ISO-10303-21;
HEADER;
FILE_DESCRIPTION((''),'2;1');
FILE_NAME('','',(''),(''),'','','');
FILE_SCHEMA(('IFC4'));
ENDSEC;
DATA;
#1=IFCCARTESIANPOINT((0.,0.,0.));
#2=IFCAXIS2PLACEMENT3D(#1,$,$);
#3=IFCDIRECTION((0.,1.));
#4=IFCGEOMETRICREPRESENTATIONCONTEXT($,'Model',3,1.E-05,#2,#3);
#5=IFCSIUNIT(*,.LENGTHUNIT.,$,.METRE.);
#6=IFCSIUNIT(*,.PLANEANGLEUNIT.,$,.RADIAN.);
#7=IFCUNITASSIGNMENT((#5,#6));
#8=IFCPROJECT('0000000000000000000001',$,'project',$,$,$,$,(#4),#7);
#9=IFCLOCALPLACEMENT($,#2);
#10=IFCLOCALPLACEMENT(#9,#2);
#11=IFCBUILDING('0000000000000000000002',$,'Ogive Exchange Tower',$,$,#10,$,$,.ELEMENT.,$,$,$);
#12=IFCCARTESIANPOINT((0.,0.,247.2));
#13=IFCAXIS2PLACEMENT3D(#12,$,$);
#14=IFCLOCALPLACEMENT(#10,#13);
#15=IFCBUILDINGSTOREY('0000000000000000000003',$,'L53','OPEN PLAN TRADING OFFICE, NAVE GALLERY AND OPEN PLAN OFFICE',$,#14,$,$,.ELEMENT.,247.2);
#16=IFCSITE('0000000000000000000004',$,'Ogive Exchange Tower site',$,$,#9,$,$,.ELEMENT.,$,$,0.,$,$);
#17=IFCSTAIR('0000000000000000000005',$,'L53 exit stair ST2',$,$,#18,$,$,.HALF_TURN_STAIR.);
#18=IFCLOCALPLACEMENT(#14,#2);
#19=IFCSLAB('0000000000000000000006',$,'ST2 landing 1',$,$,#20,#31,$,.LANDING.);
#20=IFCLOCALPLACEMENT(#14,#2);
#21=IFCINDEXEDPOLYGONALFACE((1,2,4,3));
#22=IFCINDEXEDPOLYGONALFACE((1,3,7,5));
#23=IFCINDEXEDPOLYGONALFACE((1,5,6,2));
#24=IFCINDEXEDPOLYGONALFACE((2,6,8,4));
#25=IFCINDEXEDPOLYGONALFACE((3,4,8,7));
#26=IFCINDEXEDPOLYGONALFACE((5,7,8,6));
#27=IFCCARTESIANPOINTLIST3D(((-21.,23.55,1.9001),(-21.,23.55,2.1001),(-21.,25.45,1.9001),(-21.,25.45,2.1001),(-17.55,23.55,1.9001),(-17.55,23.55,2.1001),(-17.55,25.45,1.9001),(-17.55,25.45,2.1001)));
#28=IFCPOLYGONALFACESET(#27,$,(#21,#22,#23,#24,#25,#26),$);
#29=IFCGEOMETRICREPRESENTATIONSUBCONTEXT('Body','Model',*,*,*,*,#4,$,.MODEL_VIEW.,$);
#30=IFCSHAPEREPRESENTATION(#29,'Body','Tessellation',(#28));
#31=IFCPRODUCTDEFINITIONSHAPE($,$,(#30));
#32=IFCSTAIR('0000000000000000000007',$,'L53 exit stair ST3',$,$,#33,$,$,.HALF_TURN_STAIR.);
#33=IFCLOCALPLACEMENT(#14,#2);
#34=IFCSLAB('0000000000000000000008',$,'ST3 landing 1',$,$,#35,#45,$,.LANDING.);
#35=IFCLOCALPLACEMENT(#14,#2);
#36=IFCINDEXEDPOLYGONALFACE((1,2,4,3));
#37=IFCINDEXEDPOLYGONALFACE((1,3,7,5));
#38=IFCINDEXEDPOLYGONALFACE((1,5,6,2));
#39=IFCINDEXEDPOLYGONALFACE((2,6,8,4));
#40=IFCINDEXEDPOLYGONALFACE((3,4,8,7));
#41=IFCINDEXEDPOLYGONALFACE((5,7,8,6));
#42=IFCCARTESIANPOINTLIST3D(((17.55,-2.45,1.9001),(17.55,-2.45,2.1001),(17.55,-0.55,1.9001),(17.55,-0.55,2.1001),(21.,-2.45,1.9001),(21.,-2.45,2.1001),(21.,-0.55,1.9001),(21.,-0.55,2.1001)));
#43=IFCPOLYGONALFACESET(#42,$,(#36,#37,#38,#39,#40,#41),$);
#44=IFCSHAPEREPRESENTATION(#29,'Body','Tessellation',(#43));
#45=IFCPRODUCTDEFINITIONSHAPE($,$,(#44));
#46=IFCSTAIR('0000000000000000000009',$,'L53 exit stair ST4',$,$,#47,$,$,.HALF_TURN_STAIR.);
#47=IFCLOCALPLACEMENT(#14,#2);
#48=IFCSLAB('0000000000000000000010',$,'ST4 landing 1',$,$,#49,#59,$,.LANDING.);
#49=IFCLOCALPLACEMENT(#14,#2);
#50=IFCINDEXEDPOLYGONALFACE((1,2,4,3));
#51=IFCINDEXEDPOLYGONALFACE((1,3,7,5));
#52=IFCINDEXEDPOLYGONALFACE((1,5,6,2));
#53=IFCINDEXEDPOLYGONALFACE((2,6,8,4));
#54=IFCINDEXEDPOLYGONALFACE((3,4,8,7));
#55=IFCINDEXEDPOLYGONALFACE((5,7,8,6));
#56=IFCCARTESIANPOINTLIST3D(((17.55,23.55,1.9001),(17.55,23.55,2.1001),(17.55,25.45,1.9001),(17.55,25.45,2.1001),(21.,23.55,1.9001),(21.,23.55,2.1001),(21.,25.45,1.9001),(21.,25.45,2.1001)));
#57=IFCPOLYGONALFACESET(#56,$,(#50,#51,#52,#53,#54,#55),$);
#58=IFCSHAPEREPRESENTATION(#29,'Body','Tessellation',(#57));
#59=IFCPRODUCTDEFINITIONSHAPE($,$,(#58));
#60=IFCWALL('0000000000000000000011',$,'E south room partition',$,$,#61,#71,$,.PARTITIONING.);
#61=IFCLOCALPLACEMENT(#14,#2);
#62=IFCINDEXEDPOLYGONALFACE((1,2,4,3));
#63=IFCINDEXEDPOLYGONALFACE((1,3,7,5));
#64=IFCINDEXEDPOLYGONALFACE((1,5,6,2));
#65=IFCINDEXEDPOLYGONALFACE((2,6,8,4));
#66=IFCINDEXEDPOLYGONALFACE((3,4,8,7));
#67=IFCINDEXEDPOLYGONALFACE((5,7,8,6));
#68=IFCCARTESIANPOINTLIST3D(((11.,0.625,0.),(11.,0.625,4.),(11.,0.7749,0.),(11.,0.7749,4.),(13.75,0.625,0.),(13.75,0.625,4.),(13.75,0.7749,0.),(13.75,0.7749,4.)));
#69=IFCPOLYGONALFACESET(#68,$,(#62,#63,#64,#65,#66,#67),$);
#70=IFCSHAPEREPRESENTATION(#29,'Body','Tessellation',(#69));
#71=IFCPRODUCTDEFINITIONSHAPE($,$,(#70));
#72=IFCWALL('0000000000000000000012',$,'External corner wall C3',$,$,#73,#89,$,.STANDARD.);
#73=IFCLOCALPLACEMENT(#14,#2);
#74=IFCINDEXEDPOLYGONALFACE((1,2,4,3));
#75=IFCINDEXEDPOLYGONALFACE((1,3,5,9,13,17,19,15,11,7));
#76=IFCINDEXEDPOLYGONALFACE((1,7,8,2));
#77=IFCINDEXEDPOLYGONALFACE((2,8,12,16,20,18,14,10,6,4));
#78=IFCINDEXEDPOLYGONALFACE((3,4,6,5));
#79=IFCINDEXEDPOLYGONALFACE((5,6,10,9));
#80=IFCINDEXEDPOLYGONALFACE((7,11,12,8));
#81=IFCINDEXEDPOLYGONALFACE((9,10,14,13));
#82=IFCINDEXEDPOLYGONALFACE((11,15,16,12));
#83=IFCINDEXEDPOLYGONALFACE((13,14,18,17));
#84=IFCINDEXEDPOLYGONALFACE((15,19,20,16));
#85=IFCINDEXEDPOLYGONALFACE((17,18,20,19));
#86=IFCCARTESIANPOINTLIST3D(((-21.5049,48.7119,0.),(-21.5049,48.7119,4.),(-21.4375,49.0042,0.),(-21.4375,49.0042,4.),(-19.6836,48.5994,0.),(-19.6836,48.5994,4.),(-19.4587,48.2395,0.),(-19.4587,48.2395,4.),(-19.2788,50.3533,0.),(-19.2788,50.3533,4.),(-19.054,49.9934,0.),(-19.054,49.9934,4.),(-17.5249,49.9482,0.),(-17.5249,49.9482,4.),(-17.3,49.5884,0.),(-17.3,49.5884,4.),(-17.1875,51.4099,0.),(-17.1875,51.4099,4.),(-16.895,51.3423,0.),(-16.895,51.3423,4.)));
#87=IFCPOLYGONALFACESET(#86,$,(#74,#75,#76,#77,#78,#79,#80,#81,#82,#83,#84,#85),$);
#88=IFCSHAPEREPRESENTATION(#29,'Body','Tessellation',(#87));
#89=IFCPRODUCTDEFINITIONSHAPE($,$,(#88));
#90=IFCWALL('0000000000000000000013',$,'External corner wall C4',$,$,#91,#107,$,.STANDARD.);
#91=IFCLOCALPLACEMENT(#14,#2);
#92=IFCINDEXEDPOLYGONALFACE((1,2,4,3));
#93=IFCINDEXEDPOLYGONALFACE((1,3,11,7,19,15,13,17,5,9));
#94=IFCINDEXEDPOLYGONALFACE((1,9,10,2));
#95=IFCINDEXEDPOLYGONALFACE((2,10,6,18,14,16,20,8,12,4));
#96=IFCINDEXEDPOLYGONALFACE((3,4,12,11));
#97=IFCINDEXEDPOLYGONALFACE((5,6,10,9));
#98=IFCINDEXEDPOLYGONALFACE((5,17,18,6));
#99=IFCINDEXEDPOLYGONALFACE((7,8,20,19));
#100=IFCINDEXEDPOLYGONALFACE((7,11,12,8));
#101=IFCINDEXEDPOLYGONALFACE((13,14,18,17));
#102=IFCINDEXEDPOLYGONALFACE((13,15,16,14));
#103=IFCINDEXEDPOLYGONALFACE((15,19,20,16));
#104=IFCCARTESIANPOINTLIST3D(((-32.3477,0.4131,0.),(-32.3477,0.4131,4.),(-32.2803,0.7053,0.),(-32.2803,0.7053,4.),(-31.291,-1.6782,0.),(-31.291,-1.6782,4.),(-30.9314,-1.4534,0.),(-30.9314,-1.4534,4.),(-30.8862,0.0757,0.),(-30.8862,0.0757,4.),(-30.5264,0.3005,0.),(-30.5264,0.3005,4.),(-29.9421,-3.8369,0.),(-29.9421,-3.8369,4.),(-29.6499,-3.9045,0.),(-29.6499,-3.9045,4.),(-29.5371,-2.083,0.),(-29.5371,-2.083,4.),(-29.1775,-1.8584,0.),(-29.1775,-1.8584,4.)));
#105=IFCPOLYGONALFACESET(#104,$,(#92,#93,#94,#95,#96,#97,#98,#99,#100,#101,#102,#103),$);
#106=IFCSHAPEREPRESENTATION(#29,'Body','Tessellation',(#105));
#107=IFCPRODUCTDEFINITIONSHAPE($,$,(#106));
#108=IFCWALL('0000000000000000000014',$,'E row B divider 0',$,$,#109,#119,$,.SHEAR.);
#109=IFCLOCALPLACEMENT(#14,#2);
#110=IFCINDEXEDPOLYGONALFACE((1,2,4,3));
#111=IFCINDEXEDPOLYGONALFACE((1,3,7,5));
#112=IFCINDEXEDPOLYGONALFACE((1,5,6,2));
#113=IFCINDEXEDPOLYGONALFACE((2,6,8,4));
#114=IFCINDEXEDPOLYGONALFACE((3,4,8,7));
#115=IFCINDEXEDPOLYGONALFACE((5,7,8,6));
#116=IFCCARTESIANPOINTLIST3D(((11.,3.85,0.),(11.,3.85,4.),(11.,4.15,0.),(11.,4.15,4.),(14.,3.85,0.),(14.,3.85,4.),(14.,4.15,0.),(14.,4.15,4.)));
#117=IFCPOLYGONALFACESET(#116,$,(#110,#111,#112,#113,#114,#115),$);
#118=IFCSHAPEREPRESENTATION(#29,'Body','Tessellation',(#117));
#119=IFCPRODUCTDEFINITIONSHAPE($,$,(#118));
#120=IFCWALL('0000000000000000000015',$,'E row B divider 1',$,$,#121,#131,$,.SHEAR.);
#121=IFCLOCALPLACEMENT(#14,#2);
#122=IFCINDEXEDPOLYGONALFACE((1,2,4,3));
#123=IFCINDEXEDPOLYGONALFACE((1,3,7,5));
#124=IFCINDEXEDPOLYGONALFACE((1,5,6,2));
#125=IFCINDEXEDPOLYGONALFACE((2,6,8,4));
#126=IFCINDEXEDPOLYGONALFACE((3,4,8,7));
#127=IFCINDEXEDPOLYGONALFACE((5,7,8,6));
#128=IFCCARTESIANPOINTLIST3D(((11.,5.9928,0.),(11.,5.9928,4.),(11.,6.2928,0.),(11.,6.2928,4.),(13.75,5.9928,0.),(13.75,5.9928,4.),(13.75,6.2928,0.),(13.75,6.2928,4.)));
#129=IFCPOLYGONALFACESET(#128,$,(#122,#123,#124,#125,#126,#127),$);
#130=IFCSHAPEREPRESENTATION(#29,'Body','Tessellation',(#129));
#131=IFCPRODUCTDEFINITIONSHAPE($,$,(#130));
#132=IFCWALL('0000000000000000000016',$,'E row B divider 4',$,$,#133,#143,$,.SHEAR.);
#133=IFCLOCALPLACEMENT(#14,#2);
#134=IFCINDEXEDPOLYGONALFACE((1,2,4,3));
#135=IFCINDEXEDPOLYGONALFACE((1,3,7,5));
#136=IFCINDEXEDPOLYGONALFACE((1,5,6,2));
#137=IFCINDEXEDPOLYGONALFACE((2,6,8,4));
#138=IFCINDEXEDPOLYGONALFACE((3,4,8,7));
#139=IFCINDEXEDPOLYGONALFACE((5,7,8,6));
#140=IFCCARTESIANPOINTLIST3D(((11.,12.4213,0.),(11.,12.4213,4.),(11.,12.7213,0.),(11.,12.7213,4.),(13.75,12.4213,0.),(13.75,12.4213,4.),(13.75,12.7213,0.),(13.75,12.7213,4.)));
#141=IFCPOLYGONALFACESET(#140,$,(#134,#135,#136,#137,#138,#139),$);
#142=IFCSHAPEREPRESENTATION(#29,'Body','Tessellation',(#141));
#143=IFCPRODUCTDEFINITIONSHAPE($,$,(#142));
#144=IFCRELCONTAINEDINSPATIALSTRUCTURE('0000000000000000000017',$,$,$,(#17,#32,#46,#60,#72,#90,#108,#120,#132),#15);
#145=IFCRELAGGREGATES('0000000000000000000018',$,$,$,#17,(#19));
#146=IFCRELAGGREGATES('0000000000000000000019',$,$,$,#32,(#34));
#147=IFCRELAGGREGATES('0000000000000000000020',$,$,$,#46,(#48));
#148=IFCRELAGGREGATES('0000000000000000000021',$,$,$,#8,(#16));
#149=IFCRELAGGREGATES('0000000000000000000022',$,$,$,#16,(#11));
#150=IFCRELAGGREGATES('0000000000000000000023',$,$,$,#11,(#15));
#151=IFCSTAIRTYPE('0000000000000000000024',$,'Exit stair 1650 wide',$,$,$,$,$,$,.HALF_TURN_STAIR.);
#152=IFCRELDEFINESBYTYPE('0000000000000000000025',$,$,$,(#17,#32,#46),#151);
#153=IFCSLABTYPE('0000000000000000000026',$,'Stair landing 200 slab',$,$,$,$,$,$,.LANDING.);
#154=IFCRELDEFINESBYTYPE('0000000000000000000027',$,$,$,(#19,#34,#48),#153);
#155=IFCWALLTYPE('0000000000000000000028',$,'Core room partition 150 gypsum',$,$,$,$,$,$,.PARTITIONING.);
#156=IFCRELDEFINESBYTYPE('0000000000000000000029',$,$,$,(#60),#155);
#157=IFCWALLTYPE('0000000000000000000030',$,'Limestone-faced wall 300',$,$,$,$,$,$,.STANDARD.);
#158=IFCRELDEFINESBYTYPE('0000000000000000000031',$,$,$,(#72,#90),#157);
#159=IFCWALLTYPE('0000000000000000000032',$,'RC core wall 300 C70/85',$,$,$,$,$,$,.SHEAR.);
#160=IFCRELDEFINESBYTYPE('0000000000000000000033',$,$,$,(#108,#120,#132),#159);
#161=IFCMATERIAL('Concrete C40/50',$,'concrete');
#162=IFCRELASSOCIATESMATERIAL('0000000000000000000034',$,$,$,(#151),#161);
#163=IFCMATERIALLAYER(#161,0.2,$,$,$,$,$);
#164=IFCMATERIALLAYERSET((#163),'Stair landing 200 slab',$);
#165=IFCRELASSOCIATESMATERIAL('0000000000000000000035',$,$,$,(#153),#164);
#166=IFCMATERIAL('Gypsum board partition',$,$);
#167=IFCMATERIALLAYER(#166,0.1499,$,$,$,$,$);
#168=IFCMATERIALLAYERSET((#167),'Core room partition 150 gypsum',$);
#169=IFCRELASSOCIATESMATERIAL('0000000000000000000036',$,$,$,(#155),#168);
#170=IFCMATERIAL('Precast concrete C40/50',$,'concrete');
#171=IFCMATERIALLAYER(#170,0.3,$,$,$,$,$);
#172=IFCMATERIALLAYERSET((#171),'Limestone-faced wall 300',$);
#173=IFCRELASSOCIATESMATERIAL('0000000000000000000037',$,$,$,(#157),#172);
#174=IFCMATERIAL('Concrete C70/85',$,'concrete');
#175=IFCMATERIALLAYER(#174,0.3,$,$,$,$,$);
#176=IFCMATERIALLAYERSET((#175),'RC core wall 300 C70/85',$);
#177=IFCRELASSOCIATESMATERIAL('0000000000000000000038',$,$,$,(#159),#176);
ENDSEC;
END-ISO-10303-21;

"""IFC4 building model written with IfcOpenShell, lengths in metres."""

from ifc_helpers import new_model, si_unit, direction, frame, frame_2d, origin, place, context, subcontext, project, spatial, polyline, rectangle, outline, extrude, material, layer, layer_set, type_object, element, aggregate, save


model = new_model("IFC4")

# Units and contexts
model_context = context("Model", 3, precision=1e-05, world=origin(), true_north=direction((0.0, 1.0)))
body_context = subcontext(model_context, "Body", "Model", "MODEL_VIEW")
ifc_project = project(units=[si_unit("LENGTHUNIT", "METRE"), si_unit("PLANEANGLEUNIT", "RADIAN")], contexts=[model_context])

# Site, building, storey
site_placement = place(None, origin())
site = spatial("IfcSite", under=ifc_project, at=site_placement, Name="Ogive Exchange Tower site", CompositionType="ELEMENT", RefElevation=0.0)
building_placement = place(site_placement, origin())
building = spatial("IfcBuilding", under=site, at=building_placement, Name="Ogive Exchange Tower", CompositionType="ELEMENT")
storey_placement = place(building_placement, frame((0.0, 0.0, 247.2)))
storey = spatial("IfcBuildingStorey", under=building, at=storey_placement, Name="L53", Description="OPEN PLAN TRADING OFFICE, NAVE GALLERY AND OPEN PLAN OFFICE", CompositionType="ELEMENT", Elevation=247.2)

# Shared definitions
ifc_material_1 = material(Name="Concrete C70/85", Category="concrete")

# Stairs, slabs
ifc_material_2 = material(Name="Concrete C40/50", Category="concrete")
stair_type = type_object("IfcStairType", Name="Exit stair 1650 wide", PredefinedType="HALF_TURN_STAIR", material=ifc_material_2)
ifc_layer_1 = layer(ifc_material_2, 0.2)
ifc_layer_set_1 = layer_set([ifc_layer_1], Name="Stair landing 200 slab")
slab_type_1 = type_object("IfcSlabType", Name="Stair landing 200 slab", PredefinedType="LANDING", material=ifc_layer_set_1)
stair_1_placement = place(storey_placement, origin())
stair_1 = element("IfcStair", 1, at=stair_1_placement, inside=storey, type_object=stair_type, Name="L53 exit stair ST2", PredefinedType="HALF_TURN_STAIR")
slab_1_placement = place(storey_placement, frame((0.0, 0.0, 1.9001)))
slab_1 = element("IfcSlab", 2, at=slab_1_placement, type_object=slab_type_1, Name="ST2 landing 1", PredefinedType="LANDING", context=body_context, shape_type="SweptSolid", body=[
    extrude(outline(polyline([(-17.55, 23.55), (-17.55, 25.45), (-21.0, 25.45), (-21.0, 23.55), (-17.55, 23.55)])), origin(), (0.0, 0.0, 1.0), 0.2),
])
aggregate(stair_1, [slab_1])
stair_2_placement = place(storey_placement, origin())
stair_2 = element("IfcStair", 3, at=stair_2_placement, inside=storey, type_object=stair_type, Name="L53 exit stair ST3", PredefinedType="HALF_TURN_STAIR")
slab_2_placement = place(storey_placement, frame((0.0, 0.0, 1.9001)))
slab_2 = element("IfcSlab", 4, at=slab_2_placement, type_object=slab_type_1, Name="ST3 landing 1", PredefinedType="LANDING", context=body_context, shape_type="SweptSolid", body=[
    extrude(outline(polyline([(17.55, -0.55), (17.55, -2.45), (21.0, -2.45), (21.0, -0.55), (17.55, -0.55)])), origin(), (0.0, 0.0, 1.0), 0.2),
])
aggregate(stair_2, [slab_2])
stair_3_placement = place(storey_placement, origin())
stair_3 = element("IfcStair", 5, at=stair_3_placement, inside=storey, type_object=stair_type, Name="L53 exit stair ST4", PredefinedType="HALF_TURN_STAIR")
slab_3_placement = place(storey_placement, frame((0.0, 0.0, 1.9001)))
slab_3 = element("IfcSlab", 6, at=slab_3_placement, type_object=slab_type_1, Name="ST4 landing 1", PredefinedType="LANDING", context=body_context, shape_type="SweptSolid", body=[
    extrude(outline(polyline([(21.0, 23.55), (21.0, 25.45), (17.55, 25.45), (17.55, 23.55), (21.0, 23.55)])), origin(), (0.0, 0.0, 1.0), 0.2),
])
aggregate(stair_3, [slab_3])

# Walls
ifc_material_3 = material(Name="Gypsum board partition")
ifc_layer_2 = layer(ifc_material_3, 0.1499)
ifc_layer_set_2 = layer_set([ifc_layer_2], Name="Core room partition 150 gypsum")
wall_type_1 = type_object("IfcWallType", Name="Core room partition 150 gypsum", PredefinedType="PARTITIONING", material=ifc_layer_set_2)
wall_1_placement = place(storey_placement, frame((11.0, 0.7, 0.0), z_axis=(0.0, 0.0, 1.0), x_axis=(1.0, 0.0, 0.0)))
element("IfcWall", 7, at=wall_1_placement, inside=storey, type_object=wall_type_1, Name="E south room partition", PredefinedType="PARTITIONING", context=body_context, shape_type="SweptSolid", body=[
    extrude(rectangle(XDim=2.75, YDim=0.1499, at=frame_2d((1.375, 0.0))), origin(), (0.0, 0.0, 1.0), 4.0),
])
ifc_material_4 = material(Name="Precast concrete C40/50", Category="concrete")
ifc_layer_3 = layer(ifc_material_4, 0.3)
ifc_layer_set_3 = layer_set([ifc_layer_3], Name="Limestone-faced wall 300")
wall_type_2 = type_object("IfcWallType", Name="Limestone-faced wall 300", PredefinedType="STANDARD", material=ifc_layer_set_3)
wall_2_placement = place(storey_placement, origin())
element("IfcWall", 8, at=wall_2_placement, inside=storey, type_object=wall_type_2, Name="External corner wall C3", PredefinedType="STANDARD", context=body_context, shape_type="SweptSolid", body=[
    extrude(outline(polyline([(-21.5049, 48.7119), (-21.4375, 49.0042), (-19.6836, 48.5994), (-19.2788, 50.3533), (-17.5249, 49.9482), (-17.1875, 51.4099), (-16.895, 51.3423), (-17.3, 49.5884), (-19.054, 49.9934), (-19.4587, 48.2395), (-21.5049, 48.7119)])), origin(), (0.0, 0.0, 1.0), 4.0),
])
wall_3_placement = place(storey_placement, origin())
element("IfcWall", 9, at=wall_3_placement, inside=storey, type_object=wall_type_2, Name="External corner wall C4", PredefinedType="STANDARD", context=body_context, shape_type="SweptSolid", body=[
    extrude(outline(polyline([(-31.291, -1.6782), (-30.8862, 0.0757), (-32.3477, 0.4131), (-32.2803, 0.7053), (-30.5264, 0.3005), (-30.9314, -1.4534), (-29.1775, -1.8584), (-29.6499, -3.9045), (-29.9421, -3.8369), (-29.5371, -2.083), (-31.291, -1.6782)])), origin(), (0.0, 0.0, 1.0), 4.0),
])
ifc_layer_4 = layer(ifc_material_1, 0.3)
ifc_layer_set_4 = layer_set([ifc_layer_4], Name="RC core wall 300 C70/85")
wall_type_3 = type_object("IfcWallType", Name="RC core wall 300 C70/85", PredefinedType="SHEAR", material=ifc_layer_set_4)
wall_4_placement = place(storey_placement, frame((11.0, 4.0, 0.0), z_axis=(0.0, 0.0, 1.0), x_axis=(1.0, 0.0, 0.0)))
element("IfcWall", 10, at=wall_4_placement, inside=storey, type_object=wall_type_3, Name="E row B divider 0", PredefinedType="SHEAR", context=body_context, shape_type="SweptSolid", body=[
    extrude(rectangle(XDim=3.0, YDim=0.3, at=frame_2d((1.5, 0.0))), origin(), (0.0, 0.0, 1.0), 4.0),
])
for number, where, z_axis, x_axis, name in (
    (11, (11.0, 6.1428, 0.0), (0.0, 0.0, 1.0), (1.0, 0.0, 0.0), "E row B divider 1"),
    (12, (11.0, 12.5713, 0.0), (0.0, 0.0, 1.0), (1.0, 0.0, 0.0), "E row B divider 4"),
):
    element("IfcWall", number, at=place(storey_placement, frame(where, z_axis=z_axis, x_axis=x_axis)), inside=storey, type_object=wall_type_3, Name=name, PredefinedType="SHEAR", context=body_context, shape_type="SweptSolid", body=[
        extrude(rectangle(XDim=2.75, YDim=0.3, at=frame_2d((1.375, 0.0))), origin(), (0.0, 0.0, 1.0), 4.0),
    ])

save(model, "model.ifc")
